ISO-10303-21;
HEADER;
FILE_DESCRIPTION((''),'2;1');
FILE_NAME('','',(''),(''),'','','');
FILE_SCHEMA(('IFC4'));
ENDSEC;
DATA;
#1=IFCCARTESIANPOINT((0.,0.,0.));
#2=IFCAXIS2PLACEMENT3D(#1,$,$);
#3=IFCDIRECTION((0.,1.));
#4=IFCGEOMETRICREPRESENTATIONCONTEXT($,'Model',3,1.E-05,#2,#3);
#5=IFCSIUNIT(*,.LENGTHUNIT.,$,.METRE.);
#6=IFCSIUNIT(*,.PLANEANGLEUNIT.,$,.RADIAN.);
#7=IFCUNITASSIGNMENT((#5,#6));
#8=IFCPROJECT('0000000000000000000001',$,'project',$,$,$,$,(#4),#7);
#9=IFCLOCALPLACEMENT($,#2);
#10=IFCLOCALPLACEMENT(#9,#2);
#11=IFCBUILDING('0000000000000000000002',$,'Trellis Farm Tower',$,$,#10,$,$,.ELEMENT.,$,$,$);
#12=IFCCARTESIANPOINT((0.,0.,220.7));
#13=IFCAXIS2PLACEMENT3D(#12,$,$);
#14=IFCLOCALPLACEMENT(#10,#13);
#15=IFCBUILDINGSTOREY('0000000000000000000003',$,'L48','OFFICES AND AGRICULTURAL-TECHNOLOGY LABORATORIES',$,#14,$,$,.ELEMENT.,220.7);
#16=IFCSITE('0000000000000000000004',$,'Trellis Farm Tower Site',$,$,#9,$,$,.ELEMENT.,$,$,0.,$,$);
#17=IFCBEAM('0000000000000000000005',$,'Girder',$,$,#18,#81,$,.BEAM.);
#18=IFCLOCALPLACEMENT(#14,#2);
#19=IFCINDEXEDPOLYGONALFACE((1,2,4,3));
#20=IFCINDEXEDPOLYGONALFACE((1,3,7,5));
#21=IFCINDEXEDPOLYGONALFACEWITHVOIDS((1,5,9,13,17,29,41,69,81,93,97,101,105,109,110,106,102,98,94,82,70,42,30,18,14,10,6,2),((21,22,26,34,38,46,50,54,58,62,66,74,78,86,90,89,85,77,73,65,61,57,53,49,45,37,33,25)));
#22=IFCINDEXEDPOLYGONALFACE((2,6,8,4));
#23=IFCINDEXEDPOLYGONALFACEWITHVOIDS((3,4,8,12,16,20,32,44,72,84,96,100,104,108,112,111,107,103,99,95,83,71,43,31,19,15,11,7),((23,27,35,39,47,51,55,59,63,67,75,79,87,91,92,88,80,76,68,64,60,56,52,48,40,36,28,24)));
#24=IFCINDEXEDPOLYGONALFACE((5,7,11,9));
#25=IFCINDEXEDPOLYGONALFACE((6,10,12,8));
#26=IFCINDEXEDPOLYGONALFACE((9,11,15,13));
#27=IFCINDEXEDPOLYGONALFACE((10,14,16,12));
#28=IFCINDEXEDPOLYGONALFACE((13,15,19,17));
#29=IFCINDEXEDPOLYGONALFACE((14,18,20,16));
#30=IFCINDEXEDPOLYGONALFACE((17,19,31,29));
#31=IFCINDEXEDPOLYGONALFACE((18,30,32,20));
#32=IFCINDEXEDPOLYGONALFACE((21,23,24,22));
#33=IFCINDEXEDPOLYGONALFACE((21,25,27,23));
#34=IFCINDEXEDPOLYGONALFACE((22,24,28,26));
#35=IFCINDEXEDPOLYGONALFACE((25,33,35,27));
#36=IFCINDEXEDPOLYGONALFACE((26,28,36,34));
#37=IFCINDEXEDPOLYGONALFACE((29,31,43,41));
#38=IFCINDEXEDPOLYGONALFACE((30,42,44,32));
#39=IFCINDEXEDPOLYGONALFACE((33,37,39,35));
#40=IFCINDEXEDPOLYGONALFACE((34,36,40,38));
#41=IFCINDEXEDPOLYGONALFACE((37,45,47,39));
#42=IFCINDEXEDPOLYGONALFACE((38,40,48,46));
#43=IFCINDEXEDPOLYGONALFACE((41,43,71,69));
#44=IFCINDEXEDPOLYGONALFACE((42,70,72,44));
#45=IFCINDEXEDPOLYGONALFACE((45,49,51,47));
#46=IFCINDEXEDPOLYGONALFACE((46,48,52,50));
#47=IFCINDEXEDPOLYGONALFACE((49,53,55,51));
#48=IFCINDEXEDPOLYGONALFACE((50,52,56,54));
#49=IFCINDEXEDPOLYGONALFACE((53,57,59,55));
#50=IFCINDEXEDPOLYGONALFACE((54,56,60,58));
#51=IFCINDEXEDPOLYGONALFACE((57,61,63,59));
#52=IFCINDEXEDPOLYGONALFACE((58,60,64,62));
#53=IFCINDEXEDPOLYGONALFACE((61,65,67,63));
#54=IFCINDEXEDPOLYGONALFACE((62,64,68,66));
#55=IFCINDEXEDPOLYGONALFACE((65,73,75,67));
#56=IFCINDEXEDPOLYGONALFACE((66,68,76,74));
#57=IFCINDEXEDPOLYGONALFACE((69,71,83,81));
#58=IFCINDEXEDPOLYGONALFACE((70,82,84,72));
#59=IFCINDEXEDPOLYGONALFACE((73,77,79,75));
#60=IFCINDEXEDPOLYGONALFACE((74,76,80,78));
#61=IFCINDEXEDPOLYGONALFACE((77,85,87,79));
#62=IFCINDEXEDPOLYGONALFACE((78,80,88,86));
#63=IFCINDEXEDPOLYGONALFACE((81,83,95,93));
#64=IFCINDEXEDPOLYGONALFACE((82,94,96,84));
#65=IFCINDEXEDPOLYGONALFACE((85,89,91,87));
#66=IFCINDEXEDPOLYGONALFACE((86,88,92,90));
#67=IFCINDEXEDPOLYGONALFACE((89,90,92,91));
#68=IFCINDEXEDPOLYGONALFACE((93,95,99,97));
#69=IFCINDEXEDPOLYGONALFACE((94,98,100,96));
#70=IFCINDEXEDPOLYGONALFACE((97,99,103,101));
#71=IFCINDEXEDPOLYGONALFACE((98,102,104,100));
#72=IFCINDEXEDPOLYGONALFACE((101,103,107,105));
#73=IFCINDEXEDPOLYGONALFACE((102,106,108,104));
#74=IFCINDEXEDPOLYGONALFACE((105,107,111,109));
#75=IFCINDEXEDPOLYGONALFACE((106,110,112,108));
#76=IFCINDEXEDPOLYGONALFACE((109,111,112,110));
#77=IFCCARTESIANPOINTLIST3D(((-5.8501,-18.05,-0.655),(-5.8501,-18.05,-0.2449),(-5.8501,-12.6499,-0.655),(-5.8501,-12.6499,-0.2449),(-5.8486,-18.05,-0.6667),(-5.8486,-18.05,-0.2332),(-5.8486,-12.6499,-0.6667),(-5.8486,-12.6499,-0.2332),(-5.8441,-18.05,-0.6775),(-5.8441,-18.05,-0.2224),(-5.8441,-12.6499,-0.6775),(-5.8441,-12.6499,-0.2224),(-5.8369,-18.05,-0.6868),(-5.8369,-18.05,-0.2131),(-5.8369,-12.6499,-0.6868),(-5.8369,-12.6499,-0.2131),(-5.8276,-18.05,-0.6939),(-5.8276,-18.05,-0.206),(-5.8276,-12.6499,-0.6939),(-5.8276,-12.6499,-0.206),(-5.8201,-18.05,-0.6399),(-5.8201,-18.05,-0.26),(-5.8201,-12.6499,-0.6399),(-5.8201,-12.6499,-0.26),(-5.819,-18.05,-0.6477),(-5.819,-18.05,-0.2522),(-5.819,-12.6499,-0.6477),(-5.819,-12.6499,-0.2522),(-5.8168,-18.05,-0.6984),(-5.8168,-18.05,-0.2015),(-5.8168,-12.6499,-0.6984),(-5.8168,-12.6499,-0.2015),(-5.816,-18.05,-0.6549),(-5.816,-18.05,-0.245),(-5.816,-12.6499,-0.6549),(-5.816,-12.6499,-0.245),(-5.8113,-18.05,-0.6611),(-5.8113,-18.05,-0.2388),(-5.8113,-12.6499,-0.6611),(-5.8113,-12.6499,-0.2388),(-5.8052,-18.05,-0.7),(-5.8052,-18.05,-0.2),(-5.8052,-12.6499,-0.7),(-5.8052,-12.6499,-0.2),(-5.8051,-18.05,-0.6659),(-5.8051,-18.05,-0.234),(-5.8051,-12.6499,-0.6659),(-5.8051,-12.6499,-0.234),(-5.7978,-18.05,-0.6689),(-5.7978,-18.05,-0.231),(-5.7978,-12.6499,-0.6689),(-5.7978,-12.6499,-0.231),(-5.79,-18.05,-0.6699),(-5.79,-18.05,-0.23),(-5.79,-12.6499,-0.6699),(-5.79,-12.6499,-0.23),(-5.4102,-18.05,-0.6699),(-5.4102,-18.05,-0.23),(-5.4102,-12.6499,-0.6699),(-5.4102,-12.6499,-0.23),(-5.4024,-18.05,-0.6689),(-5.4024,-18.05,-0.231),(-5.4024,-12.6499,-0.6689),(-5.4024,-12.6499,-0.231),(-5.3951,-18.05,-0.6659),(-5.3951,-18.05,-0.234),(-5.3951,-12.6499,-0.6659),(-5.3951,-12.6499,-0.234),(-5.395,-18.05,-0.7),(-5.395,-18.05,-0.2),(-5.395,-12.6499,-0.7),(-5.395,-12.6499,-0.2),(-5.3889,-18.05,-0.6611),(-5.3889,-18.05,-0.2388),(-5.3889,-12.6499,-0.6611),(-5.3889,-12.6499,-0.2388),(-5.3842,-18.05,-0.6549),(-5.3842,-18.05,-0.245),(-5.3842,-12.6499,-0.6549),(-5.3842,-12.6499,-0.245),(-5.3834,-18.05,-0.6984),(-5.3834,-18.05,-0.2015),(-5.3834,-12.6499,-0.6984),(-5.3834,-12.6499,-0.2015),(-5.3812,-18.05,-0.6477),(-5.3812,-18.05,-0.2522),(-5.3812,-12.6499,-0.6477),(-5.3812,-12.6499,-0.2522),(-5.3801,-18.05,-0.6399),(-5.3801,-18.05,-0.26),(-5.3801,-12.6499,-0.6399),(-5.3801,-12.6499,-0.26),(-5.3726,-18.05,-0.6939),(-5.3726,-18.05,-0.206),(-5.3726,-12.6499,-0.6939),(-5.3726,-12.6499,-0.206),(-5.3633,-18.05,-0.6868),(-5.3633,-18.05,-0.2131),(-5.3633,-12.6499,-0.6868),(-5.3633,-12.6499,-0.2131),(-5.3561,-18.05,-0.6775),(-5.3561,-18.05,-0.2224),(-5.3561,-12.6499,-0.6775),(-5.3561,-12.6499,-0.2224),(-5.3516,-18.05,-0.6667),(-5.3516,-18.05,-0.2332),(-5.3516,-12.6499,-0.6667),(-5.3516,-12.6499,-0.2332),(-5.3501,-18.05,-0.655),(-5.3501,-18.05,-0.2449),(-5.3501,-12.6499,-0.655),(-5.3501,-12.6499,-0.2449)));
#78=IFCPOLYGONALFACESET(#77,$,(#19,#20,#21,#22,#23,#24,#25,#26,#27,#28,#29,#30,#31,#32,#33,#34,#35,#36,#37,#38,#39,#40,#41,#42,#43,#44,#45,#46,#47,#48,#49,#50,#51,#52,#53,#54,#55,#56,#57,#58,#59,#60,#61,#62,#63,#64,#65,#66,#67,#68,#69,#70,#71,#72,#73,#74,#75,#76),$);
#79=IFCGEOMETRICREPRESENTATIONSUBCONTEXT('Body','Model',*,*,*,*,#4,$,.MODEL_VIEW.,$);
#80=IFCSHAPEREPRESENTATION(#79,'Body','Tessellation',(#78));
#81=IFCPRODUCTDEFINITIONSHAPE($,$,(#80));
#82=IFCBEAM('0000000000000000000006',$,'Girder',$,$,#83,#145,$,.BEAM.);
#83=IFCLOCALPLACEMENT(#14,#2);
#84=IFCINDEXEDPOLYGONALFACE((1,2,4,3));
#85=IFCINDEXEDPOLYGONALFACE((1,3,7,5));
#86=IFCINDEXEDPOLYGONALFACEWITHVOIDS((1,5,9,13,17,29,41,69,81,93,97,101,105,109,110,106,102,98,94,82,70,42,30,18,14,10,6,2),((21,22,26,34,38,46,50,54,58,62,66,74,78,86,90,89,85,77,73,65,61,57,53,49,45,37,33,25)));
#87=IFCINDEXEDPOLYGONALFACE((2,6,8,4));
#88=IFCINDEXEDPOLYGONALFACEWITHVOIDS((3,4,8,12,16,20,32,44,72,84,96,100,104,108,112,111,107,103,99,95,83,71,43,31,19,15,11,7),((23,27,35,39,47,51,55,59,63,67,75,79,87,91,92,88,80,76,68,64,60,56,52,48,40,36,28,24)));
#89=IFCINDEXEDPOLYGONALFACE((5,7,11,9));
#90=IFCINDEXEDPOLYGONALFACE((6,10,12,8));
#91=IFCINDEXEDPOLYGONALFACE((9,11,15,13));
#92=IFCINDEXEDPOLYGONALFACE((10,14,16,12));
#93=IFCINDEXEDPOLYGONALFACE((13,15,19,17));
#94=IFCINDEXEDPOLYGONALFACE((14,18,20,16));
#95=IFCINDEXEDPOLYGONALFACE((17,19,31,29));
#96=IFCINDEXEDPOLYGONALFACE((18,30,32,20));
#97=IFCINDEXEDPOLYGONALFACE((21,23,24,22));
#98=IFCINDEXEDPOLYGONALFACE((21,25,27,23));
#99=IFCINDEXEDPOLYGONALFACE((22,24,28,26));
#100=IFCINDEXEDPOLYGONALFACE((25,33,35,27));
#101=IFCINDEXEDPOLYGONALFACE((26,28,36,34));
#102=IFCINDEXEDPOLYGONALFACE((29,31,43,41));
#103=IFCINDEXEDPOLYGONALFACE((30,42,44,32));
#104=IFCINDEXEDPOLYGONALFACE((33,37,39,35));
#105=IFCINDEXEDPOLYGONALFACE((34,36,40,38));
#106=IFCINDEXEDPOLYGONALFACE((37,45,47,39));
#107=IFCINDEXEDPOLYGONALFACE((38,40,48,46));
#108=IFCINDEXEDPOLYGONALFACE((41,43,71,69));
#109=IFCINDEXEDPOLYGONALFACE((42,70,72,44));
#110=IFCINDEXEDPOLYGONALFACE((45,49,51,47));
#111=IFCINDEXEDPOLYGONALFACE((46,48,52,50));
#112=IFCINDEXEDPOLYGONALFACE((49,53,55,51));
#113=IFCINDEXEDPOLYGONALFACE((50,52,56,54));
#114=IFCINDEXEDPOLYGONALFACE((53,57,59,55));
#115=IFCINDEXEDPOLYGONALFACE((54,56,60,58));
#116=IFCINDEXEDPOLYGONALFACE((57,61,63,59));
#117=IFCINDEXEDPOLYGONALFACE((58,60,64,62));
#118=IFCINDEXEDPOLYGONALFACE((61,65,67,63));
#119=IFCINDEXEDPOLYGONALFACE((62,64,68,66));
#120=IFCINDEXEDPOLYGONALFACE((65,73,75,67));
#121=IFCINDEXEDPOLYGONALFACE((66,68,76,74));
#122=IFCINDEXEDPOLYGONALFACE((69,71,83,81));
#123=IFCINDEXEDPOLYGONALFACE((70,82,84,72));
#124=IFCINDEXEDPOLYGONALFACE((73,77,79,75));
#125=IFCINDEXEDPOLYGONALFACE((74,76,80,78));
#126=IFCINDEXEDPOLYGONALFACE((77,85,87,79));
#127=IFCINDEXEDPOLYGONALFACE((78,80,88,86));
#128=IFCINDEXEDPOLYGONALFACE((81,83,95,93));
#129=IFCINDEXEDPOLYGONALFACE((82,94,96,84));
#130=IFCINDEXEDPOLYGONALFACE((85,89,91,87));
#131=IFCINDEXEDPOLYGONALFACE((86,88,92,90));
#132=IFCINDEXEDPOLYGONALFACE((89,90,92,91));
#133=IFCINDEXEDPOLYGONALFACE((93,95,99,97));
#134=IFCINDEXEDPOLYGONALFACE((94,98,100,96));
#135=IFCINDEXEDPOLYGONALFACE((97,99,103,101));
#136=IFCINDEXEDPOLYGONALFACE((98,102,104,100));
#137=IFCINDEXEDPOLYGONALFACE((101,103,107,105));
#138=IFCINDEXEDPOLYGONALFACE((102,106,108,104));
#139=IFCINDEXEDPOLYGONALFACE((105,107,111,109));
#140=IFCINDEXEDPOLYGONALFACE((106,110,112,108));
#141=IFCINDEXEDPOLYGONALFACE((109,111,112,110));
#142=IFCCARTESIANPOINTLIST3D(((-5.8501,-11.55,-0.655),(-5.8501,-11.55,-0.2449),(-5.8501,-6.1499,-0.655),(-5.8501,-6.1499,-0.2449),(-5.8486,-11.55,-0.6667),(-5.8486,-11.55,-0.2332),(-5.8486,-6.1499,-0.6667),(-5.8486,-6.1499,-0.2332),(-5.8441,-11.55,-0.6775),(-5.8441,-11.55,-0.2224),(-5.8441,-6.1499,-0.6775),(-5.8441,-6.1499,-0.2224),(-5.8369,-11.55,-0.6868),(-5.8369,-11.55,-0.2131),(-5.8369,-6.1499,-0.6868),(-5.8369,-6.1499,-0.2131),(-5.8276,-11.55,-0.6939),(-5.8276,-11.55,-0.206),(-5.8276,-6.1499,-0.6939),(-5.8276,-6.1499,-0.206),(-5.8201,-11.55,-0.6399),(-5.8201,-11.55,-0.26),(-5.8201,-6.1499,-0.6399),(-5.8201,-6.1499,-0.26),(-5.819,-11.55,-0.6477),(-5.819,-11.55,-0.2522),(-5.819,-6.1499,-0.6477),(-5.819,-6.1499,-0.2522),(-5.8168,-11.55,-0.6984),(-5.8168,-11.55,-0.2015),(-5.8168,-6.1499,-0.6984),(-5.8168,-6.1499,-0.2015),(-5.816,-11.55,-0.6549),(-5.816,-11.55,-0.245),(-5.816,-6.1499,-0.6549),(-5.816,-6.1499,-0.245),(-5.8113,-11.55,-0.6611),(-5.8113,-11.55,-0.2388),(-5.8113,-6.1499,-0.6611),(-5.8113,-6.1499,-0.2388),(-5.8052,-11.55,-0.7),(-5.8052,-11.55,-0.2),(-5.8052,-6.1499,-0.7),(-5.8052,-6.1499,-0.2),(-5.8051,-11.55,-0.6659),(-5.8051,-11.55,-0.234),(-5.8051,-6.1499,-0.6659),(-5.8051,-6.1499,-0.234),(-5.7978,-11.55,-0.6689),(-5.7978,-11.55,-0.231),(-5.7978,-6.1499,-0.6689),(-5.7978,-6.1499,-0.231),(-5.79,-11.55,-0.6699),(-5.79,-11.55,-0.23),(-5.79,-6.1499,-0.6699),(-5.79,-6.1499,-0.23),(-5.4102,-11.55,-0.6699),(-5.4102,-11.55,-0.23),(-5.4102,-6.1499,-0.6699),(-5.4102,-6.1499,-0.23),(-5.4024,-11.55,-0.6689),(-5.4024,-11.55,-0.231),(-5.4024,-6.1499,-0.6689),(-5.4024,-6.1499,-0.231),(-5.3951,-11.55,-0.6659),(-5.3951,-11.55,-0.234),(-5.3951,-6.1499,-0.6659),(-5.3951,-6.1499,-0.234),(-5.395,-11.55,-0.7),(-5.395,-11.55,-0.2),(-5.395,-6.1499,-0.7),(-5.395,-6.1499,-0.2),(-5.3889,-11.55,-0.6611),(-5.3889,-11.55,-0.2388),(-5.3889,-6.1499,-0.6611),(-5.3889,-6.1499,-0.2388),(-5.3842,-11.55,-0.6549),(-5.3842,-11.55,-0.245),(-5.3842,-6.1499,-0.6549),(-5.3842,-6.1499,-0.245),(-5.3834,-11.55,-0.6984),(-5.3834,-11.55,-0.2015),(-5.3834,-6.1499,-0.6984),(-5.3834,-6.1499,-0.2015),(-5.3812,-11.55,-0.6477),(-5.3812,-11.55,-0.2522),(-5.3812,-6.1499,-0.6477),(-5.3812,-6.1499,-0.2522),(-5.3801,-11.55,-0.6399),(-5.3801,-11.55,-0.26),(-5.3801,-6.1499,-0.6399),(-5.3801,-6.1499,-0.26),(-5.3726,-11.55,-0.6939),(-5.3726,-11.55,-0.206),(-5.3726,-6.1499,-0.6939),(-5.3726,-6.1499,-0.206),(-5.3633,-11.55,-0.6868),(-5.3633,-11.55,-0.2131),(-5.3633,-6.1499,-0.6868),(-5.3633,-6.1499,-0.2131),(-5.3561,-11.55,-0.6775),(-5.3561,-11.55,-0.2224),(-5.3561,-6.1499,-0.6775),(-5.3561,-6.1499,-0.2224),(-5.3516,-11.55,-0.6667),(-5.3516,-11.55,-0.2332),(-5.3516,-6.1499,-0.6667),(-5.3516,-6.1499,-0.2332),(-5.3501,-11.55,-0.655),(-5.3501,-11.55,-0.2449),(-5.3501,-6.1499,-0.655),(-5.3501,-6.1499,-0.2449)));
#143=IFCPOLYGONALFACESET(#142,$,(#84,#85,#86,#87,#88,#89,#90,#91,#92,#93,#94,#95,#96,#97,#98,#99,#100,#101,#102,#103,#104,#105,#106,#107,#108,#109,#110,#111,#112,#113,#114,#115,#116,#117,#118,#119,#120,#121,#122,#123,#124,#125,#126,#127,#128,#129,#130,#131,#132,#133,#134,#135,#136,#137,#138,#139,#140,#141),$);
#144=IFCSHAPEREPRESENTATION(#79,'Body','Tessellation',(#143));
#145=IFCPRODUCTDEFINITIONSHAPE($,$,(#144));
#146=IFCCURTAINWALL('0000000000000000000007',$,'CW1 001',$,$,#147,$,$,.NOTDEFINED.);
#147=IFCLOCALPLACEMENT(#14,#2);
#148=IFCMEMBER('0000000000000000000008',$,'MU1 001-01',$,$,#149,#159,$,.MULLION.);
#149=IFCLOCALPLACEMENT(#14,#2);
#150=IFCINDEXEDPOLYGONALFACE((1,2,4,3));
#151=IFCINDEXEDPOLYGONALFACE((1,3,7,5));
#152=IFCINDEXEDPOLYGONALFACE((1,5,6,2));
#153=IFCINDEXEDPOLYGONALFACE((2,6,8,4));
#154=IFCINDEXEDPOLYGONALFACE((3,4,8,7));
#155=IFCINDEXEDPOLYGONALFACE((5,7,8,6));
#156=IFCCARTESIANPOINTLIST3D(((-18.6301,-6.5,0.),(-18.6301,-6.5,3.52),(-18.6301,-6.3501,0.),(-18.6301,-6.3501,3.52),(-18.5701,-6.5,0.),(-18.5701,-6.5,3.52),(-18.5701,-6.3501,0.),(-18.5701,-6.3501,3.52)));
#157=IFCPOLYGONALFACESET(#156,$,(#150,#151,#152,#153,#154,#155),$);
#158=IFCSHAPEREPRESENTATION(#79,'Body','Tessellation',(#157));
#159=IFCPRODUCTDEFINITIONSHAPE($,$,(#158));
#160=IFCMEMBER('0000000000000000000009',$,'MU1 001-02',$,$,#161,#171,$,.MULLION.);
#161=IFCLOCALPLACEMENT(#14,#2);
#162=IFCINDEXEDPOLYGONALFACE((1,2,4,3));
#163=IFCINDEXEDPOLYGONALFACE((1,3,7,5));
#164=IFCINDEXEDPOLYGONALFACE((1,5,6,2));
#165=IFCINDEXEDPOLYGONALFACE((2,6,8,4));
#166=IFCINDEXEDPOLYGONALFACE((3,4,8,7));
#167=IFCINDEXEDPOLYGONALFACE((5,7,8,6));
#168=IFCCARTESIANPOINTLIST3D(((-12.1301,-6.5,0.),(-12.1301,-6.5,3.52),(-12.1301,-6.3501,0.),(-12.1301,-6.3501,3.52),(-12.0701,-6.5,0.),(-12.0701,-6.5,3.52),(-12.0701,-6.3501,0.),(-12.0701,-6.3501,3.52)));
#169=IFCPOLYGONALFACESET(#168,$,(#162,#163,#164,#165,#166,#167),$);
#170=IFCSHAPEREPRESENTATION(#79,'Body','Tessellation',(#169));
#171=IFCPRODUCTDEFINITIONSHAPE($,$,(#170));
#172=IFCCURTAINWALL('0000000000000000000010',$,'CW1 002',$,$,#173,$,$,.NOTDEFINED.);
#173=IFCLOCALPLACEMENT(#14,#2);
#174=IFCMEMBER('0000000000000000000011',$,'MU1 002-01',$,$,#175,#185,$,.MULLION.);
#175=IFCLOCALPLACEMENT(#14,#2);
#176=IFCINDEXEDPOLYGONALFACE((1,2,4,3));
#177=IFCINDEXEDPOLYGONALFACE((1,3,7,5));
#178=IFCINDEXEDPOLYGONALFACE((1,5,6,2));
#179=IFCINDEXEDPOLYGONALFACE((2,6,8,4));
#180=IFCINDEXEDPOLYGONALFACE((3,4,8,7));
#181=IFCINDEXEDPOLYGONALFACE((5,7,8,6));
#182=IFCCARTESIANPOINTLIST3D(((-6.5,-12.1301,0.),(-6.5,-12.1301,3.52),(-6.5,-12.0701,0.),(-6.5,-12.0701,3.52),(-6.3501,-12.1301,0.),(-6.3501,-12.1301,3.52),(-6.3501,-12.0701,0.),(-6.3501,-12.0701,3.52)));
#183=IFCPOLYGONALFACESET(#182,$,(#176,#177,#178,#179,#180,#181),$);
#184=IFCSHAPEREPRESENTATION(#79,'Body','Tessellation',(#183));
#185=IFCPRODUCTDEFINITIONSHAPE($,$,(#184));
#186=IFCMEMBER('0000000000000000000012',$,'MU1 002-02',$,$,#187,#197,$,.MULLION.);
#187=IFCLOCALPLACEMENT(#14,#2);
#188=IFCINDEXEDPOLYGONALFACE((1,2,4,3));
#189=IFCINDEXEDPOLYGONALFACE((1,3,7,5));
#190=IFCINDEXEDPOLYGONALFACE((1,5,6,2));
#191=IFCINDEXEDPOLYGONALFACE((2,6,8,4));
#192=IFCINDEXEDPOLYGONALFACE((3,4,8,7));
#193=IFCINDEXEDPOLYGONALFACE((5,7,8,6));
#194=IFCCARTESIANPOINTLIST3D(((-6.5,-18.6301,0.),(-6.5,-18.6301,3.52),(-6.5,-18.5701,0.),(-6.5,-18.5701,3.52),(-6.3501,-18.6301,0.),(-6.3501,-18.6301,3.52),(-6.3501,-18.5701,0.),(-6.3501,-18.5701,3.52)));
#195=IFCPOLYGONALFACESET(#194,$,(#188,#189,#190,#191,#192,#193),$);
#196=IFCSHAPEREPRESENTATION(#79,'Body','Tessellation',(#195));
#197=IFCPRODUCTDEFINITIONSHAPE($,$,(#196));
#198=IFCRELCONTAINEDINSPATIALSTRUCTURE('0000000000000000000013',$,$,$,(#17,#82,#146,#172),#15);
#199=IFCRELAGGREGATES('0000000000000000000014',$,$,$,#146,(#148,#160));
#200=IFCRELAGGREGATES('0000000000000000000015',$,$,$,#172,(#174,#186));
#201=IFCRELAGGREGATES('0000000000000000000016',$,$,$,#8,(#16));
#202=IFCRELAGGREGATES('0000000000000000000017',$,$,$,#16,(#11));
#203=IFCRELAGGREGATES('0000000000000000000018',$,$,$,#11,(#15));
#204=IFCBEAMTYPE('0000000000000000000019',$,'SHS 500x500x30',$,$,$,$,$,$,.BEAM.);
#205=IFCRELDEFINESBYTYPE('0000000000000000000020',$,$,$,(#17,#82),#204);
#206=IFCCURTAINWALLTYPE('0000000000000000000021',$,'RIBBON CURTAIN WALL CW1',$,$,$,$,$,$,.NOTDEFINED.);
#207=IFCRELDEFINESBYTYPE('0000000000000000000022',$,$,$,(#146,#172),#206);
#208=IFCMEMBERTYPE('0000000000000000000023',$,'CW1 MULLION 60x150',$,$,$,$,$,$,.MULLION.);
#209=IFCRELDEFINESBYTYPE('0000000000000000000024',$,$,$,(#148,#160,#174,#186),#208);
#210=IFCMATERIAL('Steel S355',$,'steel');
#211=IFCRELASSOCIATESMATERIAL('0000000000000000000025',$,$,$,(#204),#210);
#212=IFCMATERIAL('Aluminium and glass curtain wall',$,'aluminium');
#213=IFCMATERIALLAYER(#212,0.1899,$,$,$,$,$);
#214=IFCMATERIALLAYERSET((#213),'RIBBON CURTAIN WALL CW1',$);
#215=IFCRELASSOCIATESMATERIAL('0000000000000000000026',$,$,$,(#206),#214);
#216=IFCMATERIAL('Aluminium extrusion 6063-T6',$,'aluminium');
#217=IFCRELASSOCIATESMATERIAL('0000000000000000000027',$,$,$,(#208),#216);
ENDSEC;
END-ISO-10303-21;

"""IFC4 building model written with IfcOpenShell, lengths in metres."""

from ifc_helpers import new_model, si_unit, direction, frame, origin, origin_2d, place, context, subcontext, project, spatial, rectangle, hollow_rectangle, extrude, source, transform, mapped, material, layer, layer_set, material_profile, profile_set, type_object, element, aggregate, save


model = new_model("IFC4")

# Units and contexts
model_context = context("Model", 3, precision=1e-05, world=origin(), true_north=direction((0.0, 1.0)))
body_context = subcontext(model_context, "Body", "Model", "MODEL_VIEW")
ifc_project = project(units=[si_unit("LENGTHUNIT", "METRE"), si_unit("PLANEANGLEUNIT", "RADIAN")], contexts=[model_context])

# Site, building, storey
site_placement = place(None, origin())
site = spatial("IfcSite", under=ifc_project, at=site_placement, Name="Trellis Farm Tower Site", CompositionType="ELEMENT", RefElevation=0.0)
building_placement = place(site_placement, origin())
building = spatial("IfcBuilding", under=site, at=building_placement, Name="Trellis Farm Tower", CompositionType="ELEMENT")
storey_placement = place(building_placement, frame((0.0, 0.0, 220.7)))
storey = spatial("IfcBuildingStorey", under=building, at=storey_placement, Name="L48", Description="OFFICES AND AGRICULTURAL-TECHNOLOGY LABORATORIES", CompositionType="ELEMENT", Elevation=220.7)

# Beams
ifc_material_1 = material(Name="Steel S355", Category="steel")
ifc_material_profile_1 = material_profile(ifc_material_1, hollow_rectangle(XDim=0.5, YDim=0.5, WallThickness=0.03, InnerFilletRadius=0.03, OuterFilletRadius=0.0449, at=origin_2d()), Name="SHS 500x500x30")
ifc_profile_set_1 = profile_set([ifc_material_profile_1], Name="Steel S355")
beam_type = type_object("IfcBeamType", Name="SHS 500x500x30", PredefinedType="BEAM", material=ifc_profile_set_1)
shared_shape_1 = source(origin(), body_context, "Body", "SweptSolid", [
    extrude(hollow_rectangle(XDim=0.5, YDim=0.5, WallThickness=0.03, InnerFilletRadius=0.03, OuterFilletRadius=0.0449, at=origin_2d()), origin(), (0.0, 0.0, 1.0), 5.4001),
])
for number, where, z_axis, x_axis, name in (
    (1, (-5.6001, -18.05, -0.45), (0.0, 1.0, 0.0), (-1.0, 0.0, 0.0), "Girder"),
    (2, (-5.6001, -11.55, -0.45), (0.0, 1.0, 0.0), (-1.0, 0.0, 0.0), "Girder"),
):
    element("IfcBeam", number, at=place(storey_placement, frame(where, z_axis=z_axis, x_axis=x_axis)), inside=storey, type_object=beam_type, Name=name, PredefinedType="BEAM", context=body_context, shape_type="MappedRepresentation", body=[
        mapped(shared_shape_1, transform((0.0, 0.0, 0.0))),
    ])

# Curtain walls, members
ifc_material_2 = material(Name="Aluminium and glass curtain wall", Category="aluminium")
ifc_layer_1 = layer(ifc_material_2, 0.1899)
ifc_layer_set_1 = layer_set([ifc_layer_1], Name="RIBBON CURTAIN WALL CW1")
curtain_wall_type_1 = type_object("IfcCurtainWallType", Name="RIBBON CURTAIN WALL CW1", PredefinedType="NOTDEFINED", material=ifc_layer_set_1)
placement = place(storey_placement, origin())
curtain_wall_1 = element("IfcCurtainWall", 3, at=placement, inside=storey, type_object=curtain_wall_type_1, Name="CW1 001", PredefinedType="NOTDEFINED")
ifc_material_3 = material(Name="Aluminium extrusion 6063-T6", Category="aluminium")
ifc_material_profile_2 = material_profile(ifc_material_3, rectangle(XDim=0.0601, YDim=0.1499, at=origin_2d()), Name="MULLION 60x150")
ifc_profile_set_2 = profile_set([ifc_material_profile_2], Name="Aluminium extrusion 6063-T6")
member_type_1 = type_object("IfcMemberType", Name="CW1 MULLION 60x150", PredefinedType="MULLION", material=ifc_profile_set_2)
shared_shape_2 = source(origin(), body_context, "Body", "SweptSolid", [
    extrude(rectangle(XDim=0.0601, YDim=0.1499, at=origin_2d()), origin(), (0.0, 0.0, 1.0), 3.52),
])
member_1_placement = place(storey_placement, frame((-18.6001, -6.425, 0.0), z_axis=(0.0, 0.0, 1.0), x_axis=(1.0, 0.0, 0.0)))
member_1 = element("IfcMember", 4, at=member_1_placement, type_object=member_type_1, Name="MU1 001-01", PredefinedType="MULLION", context=body_context, shape_type="MappedRepresentation", body=[
    mapped(shared_shape_2, transform((0.0, 0.0, 0.0))),
])
member_2_placement = place(storey_placement, frame((-12.1001, -6.425, 0.0), z_axis=(0.0, 0.0, 1.0), x_axis=(1.0, 0.0, 0.0)))
member_2 = element("IfcMember", 5, at=member_2_placement, type_object=member_type_1, Name="MU1 001-02", PredefinedType="MULLION", context=body_context, shape_type="MappedRepresentation", body=[
    mapped(shared_shape_2, transform((0.0, 0.0, 0.0))),
])
aggregate(curtain_wall_1, [member_1, member_2])
curtain_wall_2 = element("IfcCurtainWall", 6, at=placement, inside=storey, type_object=curtain_wall_type_1, Name="CW1 002", PredefinedType="NOTDEFINED")
member_3_placement = place(storey_placement, frame((-6.425, -12.1001, 0.0), z_axis=(0.0, 0.0, 1.0), x_axis=(0.0, -1.0, 0.0)))
member_3 = element("IfcMember", 7, at=member_3_placement, type_object=member_type_1, Name="MU1 002-01", PredefinedType="MULLION", context=body_context, shape_type="MappedRepresentation", body=[
    mapped(shared_shape_2, transform((0.0, 0.0, 0.0))),
])
member_4_placement = place(storey_placement, frame((-6.425, -18.6001, 0.0), z_axis=(0.0, 0.0, 1.0), x_axis=(0.0, -1.0, 0.0)))
member_4 = element("IfcMember", 8, at=member_4_placement, type_object=member_type_1, Name="MU1 002-02", PredefinedType="MULLION", context=body_context, shape_type="MappedRepresentation", body=[
    mapped(shared_shape_2, transform((0.0, 0.0, 0.0))),
])
aggregate(curtain_wall_2, [member_3, member_4])

save(model, "model.ifc")
